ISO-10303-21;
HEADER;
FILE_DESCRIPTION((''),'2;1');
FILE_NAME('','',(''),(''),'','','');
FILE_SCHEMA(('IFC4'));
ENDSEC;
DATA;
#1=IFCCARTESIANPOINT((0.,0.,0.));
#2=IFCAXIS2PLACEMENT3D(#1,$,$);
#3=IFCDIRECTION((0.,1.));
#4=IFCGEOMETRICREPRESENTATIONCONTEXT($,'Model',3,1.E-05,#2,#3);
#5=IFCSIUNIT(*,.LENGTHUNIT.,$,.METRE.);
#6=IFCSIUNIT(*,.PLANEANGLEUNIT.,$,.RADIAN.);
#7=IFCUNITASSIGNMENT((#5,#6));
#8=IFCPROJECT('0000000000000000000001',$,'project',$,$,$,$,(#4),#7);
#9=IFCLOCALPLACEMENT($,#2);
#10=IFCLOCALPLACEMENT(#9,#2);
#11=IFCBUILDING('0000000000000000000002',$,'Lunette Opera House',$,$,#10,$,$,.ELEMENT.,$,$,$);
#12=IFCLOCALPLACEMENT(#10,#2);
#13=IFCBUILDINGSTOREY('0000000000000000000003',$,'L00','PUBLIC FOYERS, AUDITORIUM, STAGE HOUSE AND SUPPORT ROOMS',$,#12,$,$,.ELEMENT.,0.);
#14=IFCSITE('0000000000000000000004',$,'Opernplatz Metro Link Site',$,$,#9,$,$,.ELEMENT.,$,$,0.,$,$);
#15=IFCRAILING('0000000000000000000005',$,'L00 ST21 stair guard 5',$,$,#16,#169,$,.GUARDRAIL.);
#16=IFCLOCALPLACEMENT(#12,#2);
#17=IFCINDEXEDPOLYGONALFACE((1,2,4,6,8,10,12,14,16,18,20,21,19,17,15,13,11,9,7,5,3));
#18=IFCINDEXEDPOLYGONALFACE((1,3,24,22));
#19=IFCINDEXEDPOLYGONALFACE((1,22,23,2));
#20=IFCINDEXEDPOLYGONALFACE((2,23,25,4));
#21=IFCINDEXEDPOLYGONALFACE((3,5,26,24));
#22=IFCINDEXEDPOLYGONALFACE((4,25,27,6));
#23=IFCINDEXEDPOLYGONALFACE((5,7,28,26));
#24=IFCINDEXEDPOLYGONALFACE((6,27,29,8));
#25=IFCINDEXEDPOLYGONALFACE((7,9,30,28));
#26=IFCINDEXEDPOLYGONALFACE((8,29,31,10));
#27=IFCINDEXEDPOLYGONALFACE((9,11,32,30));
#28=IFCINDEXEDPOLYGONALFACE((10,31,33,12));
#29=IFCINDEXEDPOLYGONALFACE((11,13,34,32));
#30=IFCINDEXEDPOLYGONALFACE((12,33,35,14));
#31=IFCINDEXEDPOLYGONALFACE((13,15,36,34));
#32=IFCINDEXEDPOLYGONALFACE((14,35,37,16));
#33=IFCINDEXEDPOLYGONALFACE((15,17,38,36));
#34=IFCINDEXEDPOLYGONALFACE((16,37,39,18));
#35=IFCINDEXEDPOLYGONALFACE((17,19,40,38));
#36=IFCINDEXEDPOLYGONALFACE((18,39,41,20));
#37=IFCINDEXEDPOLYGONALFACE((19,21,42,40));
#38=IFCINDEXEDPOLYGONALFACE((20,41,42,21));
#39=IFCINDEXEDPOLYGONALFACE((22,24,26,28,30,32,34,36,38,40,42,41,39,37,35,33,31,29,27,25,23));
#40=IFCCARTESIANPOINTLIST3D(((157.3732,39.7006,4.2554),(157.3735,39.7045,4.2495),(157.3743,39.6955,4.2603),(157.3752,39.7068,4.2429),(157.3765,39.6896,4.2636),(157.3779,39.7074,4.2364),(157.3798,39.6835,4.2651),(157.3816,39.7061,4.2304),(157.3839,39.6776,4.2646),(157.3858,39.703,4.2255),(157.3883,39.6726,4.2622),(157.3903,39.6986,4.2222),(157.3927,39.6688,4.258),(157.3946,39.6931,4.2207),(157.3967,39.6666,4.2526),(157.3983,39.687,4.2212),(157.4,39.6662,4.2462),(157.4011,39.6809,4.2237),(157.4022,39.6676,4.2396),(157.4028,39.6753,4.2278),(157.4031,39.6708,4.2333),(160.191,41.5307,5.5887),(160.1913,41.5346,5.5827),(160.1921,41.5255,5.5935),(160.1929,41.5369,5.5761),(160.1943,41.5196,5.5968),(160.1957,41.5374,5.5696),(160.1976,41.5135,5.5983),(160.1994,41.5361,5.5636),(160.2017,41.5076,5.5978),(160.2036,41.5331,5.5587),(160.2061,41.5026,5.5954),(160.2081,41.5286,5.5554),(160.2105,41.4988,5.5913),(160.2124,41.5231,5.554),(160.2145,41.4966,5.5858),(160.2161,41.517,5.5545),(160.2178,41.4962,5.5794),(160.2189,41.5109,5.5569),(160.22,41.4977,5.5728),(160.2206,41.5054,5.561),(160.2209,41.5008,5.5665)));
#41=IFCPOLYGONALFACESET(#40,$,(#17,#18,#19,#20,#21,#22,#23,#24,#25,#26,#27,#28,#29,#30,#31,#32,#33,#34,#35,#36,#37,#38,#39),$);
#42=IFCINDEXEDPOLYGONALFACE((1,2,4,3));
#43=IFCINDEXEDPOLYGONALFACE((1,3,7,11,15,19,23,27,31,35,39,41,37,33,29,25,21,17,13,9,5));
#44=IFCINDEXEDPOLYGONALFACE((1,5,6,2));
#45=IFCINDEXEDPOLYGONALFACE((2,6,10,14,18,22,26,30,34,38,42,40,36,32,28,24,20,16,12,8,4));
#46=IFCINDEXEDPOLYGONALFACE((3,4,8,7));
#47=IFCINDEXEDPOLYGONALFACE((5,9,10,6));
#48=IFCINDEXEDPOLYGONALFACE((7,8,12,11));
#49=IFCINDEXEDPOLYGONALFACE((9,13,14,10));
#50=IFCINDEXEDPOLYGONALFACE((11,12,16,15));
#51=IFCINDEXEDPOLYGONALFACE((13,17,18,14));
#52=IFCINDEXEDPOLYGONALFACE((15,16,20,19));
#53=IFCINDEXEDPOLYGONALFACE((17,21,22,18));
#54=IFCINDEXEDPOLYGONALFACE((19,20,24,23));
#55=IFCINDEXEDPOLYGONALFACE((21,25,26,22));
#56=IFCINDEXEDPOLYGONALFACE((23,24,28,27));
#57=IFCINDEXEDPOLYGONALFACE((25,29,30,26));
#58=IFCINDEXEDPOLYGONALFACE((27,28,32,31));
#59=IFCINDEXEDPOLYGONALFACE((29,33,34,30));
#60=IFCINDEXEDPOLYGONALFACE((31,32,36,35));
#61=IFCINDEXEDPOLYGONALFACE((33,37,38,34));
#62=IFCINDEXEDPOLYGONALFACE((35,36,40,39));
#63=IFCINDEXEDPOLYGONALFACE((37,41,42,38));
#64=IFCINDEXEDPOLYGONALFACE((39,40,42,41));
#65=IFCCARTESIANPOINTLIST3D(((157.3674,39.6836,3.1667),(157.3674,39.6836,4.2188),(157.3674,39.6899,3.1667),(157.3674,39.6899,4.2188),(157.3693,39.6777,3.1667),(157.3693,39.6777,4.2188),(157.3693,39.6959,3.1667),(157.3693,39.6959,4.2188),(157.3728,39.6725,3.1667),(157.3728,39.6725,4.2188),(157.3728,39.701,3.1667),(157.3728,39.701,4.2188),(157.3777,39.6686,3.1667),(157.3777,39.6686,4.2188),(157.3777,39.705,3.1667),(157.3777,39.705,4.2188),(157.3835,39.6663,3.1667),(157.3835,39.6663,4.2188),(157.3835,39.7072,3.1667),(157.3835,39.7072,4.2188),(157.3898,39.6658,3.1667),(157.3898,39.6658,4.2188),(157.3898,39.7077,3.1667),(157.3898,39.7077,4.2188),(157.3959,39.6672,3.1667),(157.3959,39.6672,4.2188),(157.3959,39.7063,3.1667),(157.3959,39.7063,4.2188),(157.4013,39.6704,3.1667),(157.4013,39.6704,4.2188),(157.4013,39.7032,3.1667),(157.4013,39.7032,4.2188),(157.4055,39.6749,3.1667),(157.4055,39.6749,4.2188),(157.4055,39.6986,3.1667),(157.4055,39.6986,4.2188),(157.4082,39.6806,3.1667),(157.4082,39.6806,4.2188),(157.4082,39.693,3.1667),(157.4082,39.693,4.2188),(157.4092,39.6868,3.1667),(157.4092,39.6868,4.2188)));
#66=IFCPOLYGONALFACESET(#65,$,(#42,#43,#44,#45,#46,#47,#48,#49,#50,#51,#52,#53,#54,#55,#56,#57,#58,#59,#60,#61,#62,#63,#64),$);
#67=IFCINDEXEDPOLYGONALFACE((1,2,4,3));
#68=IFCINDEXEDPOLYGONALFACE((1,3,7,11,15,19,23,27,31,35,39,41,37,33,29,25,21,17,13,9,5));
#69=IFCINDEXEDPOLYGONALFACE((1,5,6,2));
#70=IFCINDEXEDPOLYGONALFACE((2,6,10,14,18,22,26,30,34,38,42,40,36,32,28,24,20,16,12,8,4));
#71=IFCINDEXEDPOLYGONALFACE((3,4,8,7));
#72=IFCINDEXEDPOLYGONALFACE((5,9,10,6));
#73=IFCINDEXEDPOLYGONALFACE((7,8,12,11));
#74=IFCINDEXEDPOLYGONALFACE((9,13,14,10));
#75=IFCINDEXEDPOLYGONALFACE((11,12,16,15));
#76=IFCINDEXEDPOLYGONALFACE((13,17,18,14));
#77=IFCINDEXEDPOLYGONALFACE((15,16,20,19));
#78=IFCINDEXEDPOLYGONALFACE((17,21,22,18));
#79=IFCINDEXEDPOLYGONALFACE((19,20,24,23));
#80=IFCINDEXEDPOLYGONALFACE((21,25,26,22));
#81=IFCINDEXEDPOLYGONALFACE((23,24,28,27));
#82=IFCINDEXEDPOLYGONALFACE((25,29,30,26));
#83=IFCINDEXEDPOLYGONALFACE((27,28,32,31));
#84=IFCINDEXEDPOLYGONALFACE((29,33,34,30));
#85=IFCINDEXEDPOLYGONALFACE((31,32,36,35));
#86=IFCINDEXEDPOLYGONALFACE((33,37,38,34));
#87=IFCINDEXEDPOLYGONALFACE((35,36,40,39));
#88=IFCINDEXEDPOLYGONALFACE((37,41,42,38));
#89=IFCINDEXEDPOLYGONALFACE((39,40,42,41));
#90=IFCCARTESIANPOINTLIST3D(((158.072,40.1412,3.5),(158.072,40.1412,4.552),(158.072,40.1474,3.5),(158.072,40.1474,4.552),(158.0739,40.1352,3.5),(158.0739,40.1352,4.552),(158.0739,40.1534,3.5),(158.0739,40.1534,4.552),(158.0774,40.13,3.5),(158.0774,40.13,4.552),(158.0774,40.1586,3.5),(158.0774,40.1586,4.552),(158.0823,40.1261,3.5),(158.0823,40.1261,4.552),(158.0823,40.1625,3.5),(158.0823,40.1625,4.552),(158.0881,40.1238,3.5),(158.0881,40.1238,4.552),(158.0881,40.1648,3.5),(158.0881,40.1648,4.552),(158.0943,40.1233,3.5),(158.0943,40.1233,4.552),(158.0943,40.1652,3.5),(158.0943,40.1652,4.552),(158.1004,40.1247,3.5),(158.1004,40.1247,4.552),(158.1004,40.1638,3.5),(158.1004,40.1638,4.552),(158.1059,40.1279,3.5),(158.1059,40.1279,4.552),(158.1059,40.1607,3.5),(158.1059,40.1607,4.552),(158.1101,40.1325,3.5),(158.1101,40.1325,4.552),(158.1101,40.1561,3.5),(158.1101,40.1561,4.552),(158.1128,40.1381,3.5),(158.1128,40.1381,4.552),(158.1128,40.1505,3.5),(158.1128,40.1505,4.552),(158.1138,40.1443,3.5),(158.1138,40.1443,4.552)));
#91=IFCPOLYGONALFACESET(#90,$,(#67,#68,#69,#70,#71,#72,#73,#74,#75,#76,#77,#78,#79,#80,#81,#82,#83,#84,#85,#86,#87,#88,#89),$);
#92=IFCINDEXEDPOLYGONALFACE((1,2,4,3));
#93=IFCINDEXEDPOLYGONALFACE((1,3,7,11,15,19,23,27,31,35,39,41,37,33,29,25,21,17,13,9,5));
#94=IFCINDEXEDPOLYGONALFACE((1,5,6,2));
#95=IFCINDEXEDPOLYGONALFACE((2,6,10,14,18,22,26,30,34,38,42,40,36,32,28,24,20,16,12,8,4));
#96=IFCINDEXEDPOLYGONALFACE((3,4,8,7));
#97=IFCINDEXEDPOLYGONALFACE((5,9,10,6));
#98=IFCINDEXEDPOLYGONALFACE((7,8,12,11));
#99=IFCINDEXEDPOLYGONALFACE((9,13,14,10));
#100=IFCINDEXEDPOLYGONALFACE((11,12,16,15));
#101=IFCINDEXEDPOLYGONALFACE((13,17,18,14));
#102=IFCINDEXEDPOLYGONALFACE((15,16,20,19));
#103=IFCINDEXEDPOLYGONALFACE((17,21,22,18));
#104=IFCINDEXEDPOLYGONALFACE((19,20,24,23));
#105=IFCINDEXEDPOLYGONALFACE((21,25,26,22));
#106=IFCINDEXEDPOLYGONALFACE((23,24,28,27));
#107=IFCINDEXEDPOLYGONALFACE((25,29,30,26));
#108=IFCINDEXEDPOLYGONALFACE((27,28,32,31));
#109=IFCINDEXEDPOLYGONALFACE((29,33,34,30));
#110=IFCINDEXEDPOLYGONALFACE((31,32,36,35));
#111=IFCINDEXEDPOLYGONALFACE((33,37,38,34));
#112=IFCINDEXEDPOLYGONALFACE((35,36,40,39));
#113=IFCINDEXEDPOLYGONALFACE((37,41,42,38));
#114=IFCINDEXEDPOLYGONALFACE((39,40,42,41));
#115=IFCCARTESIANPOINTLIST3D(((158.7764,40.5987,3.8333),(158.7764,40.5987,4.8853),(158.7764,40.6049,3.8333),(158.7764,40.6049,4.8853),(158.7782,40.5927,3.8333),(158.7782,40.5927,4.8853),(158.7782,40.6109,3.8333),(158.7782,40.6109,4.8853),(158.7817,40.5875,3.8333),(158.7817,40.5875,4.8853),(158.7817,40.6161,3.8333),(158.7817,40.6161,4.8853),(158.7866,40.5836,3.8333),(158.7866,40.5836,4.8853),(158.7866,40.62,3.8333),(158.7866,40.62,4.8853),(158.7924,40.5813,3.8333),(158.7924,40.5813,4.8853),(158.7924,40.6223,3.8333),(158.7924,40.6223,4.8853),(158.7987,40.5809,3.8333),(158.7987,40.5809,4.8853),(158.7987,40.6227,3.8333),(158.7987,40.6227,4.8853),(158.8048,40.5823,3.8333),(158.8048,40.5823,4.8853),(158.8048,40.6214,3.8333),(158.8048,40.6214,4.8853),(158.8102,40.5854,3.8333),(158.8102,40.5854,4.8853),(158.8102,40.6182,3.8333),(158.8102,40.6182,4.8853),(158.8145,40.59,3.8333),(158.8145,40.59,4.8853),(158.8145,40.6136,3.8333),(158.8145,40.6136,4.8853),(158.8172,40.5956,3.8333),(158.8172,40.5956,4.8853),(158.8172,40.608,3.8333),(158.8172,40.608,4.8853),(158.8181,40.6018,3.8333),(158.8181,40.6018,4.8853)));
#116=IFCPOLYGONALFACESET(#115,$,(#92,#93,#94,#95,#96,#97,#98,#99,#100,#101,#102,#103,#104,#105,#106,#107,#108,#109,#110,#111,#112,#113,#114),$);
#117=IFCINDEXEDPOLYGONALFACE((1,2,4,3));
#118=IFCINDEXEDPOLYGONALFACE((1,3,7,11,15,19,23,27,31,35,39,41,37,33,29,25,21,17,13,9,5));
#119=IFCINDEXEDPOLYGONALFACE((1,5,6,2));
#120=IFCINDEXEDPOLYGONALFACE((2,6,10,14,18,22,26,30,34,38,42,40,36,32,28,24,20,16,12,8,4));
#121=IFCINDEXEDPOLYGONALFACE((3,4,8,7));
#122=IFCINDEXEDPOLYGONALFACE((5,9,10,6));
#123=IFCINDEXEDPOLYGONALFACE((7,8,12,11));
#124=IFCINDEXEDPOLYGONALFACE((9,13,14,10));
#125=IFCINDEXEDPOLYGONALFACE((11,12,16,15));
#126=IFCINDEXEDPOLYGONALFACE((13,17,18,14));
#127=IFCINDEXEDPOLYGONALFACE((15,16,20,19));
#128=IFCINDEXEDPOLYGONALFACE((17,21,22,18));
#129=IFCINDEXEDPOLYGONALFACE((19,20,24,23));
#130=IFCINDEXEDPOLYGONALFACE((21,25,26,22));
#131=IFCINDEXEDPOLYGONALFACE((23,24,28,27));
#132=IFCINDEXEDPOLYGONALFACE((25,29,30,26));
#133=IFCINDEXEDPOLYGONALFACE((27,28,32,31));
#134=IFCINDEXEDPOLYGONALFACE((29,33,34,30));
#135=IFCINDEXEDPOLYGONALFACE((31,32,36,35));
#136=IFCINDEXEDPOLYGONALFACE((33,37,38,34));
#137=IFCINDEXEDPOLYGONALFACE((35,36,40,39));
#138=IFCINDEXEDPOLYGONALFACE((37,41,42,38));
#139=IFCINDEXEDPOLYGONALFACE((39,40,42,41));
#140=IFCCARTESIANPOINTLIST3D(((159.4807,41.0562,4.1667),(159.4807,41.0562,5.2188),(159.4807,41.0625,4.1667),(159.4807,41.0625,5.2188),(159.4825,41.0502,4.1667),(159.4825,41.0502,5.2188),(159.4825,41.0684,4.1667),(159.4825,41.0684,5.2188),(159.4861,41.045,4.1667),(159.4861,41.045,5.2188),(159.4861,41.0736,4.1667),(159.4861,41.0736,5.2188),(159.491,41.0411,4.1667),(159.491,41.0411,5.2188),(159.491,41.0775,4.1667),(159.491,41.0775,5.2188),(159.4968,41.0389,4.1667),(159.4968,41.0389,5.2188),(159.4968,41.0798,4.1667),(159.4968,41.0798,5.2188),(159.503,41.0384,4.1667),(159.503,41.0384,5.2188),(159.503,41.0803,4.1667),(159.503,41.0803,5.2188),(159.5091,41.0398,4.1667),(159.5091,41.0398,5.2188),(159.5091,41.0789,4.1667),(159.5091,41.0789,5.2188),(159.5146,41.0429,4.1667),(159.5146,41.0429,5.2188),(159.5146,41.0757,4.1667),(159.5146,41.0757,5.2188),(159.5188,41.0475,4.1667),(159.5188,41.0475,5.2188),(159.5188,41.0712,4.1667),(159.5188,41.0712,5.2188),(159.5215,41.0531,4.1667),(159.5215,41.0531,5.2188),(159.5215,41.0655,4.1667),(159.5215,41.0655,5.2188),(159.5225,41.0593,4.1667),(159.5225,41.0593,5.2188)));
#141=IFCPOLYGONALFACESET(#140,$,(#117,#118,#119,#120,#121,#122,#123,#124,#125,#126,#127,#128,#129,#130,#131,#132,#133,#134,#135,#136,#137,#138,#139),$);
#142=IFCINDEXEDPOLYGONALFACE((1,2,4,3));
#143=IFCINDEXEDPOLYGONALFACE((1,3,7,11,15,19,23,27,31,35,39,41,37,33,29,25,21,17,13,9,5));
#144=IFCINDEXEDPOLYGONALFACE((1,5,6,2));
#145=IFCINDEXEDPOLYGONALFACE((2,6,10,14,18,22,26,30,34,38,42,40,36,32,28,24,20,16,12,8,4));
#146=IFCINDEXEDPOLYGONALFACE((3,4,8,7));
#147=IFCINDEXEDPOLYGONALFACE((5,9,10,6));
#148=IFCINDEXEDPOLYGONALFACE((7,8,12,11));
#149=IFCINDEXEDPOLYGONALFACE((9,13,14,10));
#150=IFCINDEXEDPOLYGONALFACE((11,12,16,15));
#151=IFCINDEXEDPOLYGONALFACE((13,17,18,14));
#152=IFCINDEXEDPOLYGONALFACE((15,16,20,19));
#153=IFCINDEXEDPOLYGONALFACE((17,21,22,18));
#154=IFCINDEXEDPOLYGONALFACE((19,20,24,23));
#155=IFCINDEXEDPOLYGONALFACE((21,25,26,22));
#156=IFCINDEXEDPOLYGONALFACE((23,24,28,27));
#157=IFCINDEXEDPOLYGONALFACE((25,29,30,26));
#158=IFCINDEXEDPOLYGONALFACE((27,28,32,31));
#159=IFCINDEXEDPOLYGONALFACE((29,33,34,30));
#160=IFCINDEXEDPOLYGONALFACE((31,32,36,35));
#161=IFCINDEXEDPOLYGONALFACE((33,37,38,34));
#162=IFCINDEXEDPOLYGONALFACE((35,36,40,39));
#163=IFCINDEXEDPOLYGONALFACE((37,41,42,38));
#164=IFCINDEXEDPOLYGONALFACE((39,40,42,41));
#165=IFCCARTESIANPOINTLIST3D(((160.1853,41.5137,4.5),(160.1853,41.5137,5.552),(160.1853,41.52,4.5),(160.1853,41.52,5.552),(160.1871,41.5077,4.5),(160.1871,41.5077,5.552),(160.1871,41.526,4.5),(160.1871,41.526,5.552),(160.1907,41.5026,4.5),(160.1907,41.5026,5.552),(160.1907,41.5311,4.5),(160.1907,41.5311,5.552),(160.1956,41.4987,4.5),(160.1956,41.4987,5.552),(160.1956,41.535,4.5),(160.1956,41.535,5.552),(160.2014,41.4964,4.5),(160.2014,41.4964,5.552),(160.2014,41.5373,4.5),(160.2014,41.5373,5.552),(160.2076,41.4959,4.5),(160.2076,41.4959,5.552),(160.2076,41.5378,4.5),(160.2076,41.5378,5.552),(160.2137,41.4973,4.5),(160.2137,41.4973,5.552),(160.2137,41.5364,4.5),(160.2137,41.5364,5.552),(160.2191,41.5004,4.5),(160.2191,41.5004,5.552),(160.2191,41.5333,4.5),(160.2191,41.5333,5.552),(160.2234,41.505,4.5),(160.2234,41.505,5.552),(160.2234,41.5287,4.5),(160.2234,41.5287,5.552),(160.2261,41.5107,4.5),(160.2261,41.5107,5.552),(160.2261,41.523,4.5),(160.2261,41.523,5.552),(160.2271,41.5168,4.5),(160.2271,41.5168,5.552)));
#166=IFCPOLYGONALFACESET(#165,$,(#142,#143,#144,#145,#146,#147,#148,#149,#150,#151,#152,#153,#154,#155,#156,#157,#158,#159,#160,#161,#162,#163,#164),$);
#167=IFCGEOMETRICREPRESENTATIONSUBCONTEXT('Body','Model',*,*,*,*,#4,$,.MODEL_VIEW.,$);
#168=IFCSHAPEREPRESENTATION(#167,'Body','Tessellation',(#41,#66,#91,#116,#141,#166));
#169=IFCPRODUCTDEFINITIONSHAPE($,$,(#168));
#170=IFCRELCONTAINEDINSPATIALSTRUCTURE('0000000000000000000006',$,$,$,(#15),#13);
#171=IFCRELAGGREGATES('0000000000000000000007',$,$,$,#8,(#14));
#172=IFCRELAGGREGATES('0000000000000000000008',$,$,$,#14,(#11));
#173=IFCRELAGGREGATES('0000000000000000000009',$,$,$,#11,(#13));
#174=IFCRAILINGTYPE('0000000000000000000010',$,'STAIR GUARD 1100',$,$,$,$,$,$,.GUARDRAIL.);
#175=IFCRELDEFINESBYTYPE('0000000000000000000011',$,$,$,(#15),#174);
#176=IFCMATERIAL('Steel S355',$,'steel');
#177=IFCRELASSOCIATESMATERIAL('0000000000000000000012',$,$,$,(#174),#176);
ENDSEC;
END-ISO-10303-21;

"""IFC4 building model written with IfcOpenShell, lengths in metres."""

from ifc_helpers import new_model, si_unit, direction, frame, origin, origin_2d, place, context, subcontext, project, spatial, circle, extrude, material, type_object, element, save


model = new_model("IFC4")

# Units and contexts
model_context = context("Model", 3, precision=1e-05, world=origin(), true_north=direction((0.0, 1.0)))
body_context = subcontext(model_context, "Body", "Model", "MODEL_VIEW")
ifc_project = project(units=[si_unit("LENGTHUNIT", "METRE"), si_unit("PLANEANGLEUNIT", "RADIAN")], contexts=[model_context])

# Site, building, storey
site_placement = place(None, origin())
site = spatial("IfcSite", under=ifc_project, at=site_placement, Name="Opernplatz Metro Link Site", CompositionType="ELEMENT", RefElevation=0.0)
building_placement = place(site_placement, origin())
building = spatial("IfcBuilding", under=site, at=building_placement, Name="Lunette Opera House", CompositionType="ELEMENT")
storey_placement = place(building_placement, origin())
storey = spatial("IfcBuildingStorey", under=building, at=storey_placement, Name="L00", Description="PUBLIC FOYERS, AUDITORIUM, STAGE HOUSE AND SUPPORT ROOMS", CompositionType="ELEMENT", Elevation=0.0)

# Railing
ifc_material_1 = material(Name="Steel S355", Category="steel")
railing_type_1 = type_object("IfcRailingType", Name="STAIR GUARD 1100", PredefinedType="GUARDRAIL", material=ifc_material_1)
railing_1_placement = place(storey_placement, frame((157.3882, 39.6868, 3.1667)))
element("IfcRailing", 1, at=railing_1_placement, inside=storey, type_object=railing_type_1, Name="L00 ST21 stair guard 5", PredefinedType="GUARDRAIL", context=body_context, shape_type="SweptSolid", body=[
    extrude(circle(Radius=0.0239, at=origin_2d()), frame((0.0, 0.0, 1.0762), z_axis=(0.779526, 0.506267, 0.368826), x_axis=(-0.544667, 0.838653, 0.0)), (0.0, 0.0, 1.0), 3.6147),
    extrude(circle(Radius=0.021, at=origin_2d()), origin(), (0.0, 0.0, 1.0), 1.052),
    extrude(circle(Radius=0.021, at=origin_2d()), frame((0.7046, 0.4575, 0.3333)), (0.0, 0.0, 1.0), 1.052),
    extrude(circle(Radius=0.021, at=origin_2d()), frame((1.4089, 0.915, 0.6665)), (0.0, 0.0, 1.0), 1.052),
    extrude(circle(Radius=0.021, at=origin_2d()), frame((2.1133, 1.3726, 1.0)), (0.0, 0.0, 1.0), 1.052),
    extrude(circle(Radius=0.021, at=origin_2d()), frame((2.8179, 1.8301, 1.3333)), (0.0, 0.0, 1.0), 1.052),
])

save(model, "model.ifc")
